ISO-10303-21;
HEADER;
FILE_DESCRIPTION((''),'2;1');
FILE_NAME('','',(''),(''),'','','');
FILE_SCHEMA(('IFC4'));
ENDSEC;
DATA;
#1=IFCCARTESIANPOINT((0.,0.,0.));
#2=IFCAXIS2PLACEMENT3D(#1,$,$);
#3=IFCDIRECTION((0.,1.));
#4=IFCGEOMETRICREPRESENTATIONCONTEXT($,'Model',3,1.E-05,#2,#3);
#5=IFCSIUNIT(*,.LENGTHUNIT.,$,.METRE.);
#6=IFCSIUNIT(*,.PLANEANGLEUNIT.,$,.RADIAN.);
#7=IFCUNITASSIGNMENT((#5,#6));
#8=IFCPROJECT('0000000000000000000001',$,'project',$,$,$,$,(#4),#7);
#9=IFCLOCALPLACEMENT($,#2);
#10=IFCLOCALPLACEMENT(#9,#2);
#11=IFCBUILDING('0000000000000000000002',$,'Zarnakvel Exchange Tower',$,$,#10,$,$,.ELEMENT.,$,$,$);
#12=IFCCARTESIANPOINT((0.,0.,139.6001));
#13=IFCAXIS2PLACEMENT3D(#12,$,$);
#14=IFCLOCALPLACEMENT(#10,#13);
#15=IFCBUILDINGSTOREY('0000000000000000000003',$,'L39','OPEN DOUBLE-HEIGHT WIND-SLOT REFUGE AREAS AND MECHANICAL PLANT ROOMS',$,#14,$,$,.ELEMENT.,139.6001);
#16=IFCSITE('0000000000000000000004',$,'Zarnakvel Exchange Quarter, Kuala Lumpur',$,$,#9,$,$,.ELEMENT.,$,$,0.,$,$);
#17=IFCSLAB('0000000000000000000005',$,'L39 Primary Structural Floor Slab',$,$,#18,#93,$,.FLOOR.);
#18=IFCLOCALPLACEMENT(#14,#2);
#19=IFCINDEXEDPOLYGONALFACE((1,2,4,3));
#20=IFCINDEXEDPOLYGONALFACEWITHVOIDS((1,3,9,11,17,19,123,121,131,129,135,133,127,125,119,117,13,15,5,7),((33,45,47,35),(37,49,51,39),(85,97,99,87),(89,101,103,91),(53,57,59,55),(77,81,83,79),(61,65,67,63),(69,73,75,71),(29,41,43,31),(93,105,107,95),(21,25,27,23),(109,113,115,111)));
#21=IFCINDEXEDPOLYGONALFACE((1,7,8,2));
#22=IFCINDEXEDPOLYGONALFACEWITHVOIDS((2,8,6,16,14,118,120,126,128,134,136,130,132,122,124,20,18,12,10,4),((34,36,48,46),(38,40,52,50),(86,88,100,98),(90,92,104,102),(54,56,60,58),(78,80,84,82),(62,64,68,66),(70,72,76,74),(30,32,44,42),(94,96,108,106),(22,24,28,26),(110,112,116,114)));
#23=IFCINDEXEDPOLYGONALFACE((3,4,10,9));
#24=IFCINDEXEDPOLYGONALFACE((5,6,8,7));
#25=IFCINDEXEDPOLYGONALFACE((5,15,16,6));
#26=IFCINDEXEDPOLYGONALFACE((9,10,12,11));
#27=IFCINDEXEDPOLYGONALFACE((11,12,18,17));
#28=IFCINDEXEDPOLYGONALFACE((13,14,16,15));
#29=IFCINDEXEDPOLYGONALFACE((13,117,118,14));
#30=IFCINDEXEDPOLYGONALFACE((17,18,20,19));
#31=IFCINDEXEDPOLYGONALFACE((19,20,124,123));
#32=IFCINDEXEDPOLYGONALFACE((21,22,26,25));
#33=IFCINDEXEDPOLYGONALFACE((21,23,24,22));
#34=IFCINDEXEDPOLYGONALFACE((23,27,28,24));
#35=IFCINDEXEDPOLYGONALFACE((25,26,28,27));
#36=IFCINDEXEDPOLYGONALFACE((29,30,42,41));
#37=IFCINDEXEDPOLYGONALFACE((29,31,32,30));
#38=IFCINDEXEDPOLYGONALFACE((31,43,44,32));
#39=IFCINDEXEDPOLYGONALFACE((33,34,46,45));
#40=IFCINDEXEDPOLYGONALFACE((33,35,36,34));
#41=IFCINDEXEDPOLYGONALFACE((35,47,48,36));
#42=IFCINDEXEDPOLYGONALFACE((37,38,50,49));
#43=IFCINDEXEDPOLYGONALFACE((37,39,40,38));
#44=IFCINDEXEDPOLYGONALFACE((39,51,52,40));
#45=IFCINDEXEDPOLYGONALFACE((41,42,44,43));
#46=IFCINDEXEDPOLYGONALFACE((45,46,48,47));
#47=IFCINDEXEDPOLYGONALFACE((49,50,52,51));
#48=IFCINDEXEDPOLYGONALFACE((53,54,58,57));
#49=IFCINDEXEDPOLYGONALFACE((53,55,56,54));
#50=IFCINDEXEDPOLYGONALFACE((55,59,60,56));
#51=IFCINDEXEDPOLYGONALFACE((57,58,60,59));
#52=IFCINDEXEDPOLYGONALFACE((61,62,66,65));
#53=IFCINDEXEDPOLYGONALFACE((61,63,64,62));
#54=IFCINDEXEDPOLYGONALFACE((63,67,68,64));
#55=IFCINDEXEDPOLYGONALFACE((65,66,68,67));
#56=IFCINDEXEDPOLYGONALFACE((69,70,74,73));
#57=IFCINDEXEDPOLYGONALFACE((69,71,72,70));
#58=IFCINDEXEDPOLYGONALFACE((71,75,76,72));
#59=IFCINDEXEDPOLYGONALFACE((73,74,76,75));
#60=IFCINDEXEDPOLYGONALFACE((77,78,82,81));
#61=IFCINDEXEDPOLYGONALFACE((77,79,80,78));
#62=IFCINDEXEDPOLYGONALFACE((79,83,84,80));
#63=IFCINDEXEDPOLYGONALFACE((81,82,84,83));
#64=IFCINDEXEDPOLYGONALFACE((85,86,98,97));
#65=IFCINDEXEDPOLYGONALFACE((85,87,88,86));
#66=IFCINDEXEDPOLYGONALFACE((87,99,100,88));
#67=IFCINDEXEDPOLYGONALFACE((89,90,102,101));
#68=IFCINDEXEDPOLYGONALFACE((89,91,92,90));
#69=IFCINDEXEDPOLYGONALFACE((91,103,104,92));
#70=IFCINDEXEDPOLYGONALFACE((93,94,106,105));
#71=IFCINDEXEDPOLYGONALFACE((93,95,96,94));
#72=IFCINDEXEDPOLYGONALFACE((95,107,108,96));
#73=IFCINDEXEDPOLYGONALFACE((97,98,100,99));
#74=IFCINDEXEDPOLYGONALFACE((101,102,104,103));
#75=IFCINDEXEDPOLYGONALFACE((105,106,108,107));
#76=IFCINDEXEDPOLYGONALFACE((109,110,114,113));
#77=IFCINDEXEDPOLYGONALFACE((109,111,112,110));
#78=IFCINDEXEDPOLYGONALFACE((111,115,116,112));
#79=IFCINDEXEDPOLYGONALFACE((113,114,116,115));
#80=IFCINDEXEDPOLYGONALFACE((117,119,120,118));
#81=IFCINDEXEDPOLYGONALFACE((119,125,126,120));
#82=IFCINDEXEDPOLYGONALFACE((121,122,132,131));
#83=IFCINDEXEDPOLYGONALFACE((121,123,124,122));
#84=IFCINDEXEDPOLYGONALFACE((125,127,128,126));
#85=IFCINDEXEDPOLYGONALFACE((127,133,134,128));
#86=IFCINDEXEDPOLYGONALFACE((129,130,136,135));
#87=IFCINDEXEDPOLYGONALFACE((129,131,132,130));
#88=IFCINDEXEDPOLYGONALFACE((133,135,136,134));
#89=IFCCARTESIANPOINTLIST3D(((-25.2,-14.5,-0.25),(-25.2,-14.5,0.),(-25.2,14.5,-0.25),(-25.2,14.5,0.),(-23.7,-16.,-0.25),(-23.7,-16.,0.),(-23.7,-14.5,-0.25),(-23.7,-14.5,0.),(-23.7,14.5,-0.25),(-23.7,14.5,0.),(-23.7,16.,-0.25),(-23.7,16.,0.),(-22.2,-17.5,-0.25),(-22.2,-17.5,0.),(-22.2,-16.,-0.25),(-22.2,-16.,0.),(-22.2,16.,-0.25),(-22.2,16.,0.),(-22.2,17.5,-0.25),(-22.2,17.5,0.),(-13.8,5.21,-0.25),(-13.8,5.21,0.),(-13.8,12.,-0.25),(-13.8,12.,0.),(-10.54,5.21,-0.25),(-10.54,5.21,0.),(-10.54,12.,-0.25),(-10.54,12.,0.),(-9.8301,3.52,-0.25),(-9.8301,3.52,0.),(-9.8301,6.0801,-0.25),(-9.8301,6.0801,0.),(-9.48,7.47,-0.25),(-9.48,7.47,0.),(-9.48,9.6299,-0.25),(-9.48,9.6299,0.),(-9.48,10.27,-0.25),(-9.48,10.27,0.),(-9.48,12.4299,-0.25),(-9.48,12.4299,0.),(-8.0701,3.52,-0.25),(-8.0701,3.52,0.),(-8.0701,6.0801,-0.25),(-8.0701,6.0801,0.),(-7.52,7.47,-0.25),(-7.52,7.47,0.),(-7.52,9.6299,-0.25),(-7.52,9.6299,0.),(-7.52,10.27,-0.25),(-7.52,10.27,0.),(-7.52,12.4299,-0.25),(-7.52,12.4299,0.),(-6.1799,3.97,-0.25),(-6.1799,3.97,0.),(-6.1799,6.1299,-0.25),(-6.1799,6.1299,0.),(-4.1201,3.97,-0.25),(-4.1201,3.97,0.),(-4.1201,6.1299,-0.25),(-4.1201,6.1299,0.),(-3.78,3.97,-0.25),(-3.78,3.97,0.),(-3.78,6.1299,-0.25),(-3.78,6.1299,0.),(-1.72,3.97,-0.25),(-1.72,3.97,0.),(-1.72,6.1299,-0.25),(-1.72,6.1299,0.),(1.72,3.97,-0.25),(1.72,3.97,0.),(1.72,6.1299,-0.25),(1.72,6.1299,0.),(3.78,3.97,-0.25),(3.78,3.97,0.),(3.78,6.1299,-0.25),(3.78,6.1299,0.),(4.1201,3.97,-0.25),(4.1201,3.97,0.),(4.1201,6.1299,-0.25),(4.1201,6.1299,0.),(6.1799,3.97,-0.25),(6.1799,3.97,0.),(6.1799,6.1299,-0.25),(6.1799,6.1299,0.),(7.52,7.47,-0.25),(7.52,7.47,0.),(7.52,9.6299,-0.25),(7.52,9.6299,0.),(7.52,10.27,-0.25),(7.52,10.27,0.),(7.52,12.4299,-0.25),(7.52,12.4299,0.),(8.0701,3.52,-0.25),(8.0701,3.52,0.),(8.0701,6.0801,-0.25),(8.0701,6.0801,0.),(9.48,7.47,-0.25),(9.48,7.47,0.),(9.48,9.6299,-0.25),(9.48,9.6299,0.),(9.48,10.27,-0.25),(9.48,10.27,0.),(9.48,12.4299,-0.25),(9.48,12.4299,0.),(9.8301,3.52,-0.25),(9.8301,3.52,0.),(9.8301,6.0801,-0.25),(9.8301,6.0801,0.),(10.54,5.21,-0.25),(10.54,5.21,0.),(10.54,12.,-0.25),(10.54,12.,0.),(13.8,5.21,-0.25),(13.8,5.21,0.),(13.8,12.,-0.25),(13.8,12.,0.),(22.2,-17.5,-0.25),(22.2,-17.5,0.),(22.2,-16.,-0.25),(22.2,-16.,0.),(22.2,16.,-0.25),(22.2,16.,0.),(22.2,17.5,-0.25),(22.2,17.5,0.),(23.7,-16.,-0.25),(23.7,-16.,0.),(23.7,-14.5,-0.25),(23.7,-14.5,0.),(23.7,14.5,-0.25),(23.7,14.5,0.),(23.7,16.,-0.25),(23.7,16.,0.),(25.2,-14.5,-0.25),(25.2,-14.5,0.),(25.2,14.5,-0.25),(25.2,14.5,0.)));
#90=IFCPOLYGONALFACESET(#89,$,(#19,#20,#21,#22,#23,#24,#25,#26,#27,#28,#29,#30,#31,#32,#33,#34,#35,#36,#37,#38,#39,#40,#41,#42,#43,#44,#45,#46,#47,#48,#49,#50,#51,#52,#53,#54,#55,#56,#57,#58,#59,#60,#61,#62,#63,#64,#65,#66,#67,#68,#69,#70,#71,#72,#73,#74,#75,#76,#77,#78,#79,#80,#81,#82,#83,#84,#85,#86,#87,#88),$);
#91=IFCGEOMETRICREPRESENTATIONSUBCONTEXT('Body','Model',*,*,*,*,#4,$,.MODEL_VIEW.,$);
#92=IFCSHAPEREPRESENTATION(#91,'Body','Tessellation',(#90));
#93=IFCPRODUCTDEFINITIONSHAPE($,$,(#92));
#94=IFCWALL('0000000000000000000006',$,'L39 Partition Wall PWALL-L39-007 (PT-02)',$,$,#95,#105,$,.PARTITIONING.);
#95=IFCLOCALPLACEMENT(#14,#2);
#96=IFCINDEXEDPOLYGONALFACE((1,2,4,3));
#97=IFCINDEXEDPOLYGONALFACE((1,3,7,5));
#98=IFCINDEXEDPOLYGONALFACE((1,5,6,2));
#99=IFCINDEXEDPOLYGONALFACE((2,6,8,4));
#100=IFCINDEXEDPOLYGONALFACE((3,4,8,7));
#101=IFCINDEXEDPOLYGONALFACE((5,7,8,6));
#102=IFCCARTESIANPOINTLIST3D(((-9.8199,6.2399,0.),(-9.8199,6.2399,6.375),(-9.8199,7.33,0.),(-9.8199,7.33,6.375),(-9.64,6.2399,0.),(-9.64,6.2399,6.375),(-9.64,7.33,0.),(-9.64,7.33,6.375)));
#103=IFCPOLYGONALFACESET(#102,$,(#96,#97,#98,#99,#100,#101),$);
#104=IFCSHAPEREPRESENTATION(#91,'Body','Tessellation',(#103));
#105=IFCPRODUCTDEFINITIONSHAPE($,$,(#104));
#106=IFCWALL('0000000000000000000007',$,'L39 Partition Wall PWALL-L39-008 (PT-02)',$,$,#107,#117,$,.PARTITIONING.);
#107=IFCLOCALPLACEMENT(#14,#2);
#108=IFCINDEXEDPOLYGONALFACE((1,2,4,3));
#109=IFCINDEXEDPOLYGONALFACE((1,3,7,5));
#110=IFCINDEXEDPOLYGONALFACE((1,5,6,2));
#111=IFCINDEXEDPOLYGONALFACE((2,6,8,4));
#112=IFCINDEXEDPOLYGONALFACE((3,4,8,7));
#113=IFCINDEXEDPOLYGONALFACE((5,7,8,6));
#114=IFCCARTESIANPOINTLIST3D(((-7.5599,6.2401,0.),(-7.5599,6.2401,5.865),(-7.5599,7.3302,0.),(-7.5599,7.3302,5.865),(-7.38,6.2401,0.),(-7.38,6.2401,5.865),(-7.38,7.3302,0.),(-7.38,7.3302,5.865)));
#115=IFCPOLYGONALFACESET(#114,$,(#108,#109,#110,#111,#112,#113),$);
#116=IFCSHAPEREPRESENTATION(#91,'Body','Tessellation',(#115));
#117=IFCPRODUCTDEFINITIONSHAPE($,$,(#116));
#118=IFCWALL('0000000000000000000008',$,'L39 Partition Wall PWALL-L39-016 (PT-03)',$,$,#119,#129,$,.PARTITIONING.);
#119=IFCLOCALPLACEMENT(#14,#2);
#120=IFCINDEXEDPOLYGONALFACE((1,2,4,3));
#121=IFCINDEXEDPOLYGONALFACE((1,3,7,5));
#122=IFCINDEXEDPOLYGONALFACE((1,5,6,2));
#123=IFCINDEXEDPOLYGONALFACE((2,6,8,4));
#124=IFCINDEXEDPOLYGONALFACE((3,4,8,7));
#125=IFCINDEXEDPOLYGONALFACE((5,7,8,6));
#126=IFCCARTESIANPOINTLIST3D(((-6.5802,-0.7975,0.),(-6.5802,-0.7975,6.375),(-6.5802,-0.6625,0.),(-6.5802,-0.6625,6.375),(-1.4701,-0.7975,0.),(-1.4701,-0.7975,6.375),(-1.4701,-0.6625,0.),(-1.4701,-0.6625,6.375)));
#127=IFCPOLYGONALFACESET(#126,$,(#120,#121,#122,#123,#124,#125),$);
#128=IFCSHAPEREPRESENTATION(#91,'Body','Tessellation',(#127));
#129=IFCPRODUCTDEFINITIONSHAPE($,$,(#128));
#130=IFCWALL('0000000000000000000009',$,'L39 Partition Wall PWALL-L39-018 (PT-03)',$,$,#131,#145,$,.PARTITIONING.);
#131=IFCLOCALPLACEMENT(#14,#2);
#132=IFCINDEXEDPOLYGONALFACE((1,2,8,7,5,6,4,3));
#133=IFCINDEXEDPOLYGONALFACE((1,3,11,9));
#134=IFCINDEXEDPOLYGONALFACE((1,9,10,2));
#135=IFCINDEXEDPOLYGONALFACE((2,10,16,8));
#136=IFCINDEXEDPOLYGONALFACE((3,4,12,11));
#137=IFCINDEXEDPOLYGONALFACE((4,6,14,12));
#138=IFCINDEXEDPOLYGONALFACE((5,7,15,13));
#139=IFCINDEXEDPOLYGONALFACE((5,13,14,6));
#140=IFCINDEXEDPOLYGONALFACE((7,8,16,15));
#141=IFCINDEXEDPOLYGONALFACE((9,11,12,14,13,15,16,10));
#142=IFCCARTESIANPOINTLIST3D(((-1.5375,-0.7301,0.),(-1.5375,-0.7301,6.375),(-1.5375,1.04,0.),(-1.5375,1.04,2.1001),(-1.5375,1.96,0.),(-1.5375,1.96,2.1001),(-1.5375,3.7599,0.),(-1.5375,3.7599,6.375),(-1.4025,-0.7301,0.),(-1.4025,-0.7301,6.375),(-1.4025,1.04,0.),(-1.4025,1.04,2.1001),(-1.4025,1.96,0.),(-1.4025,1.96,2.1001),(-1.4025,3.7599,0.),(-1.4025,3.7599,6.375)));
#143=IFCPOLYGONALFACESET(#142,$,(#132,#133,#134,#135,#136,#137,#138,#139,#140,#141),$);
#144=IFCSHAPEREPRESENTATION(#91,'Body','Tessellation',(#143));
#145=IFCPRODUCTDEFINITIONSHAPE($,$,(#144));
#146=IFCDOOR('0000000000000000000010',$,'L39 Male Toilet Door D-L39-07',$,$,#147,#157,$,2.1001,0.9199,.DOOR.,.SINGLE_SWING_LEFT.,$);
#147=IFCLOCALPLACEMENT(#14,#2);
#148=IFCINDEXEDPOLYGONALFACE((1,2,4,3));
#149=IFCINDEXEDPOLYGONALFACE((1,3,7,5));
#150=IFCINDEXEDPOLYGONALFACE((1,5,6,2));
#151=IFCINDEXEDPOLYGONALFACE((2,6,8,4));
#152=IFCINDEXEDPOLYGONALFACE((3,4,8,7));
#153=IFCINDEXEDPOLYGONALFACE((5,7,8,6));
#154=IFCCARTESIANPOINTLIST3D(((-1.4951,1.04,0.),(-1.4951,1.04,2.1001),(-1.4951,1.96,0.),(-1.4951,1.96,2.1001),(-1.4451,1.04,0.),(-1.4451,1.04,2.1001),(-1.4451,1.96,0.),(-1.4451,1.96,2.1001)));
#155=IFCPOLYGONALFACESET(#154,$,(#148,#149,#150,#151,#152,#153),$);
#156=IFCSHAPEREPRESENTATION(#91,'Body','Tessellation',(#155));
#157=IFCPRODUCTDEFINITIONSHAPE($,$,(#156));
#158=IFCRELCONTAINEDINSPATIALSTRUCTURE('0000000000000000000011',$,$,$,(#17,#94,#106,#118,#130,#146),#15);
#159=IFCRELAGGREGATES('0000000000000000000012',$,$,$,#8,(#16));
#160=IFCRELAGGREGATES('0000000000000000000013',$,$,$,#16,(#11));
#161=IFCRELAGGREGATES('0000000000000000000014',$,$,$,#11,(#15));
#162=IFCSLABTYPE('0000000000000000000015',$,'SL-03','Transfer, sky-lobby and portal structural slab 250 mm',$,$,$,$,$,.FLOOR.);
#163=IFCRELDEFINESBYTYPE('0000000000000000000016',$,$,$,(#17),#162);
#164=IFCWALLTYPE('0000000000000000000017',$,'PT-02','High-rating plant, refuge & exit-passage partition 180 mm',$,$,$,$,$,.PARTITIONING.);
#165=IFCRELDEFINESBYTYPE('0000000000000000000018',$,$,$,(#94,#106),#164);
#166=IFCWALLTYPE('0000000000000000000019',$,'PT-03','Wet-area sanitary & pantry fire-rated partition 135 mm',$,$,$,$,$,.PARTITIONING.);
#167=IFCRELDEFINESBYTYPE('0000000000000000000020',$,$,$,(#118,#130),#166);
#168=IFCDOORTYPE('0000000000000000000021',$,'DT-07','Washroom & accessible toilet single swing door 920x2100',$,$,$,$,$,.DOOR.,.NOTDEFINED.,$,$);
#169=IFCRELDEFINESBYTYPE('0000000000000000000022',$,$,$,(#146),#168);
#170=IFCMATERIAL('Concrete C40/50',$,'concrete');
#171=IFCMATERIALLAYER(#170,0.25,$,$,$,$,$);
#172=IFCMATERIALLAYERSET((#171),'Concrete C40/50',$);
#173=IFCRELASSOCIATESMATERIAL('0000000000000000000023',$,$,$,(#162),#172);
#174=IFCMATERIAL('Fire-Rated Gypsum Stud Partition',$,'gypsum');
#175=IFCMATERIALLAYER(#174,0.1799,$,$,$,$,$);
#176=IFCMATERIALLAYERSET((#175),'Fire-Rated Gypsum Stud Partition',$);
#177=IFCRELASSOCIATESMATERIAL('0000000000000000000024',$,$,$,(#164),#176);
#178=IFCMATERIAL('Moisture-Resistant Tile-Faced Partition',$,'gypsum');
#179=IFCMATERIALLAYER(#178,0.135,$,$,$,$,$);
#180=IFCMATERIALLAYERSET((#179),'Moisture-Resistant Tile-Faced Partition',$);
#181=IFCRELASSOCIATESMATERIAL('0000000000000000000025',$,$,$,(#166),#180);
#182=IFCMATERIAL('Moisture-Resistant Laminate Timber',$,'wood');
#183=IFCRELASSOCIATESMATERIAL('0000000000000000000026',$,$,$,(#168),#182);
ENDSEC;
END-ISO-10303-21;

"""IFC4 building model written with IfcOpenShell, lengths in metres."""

from ifc_helpers import new_model, si_unit, direction, frame, frame_2d, origin, place, context, subcontext, project, spatial, polyline, rectangle, outline, extrude, source, transform, mapped, material, layer, layer_set, type_object, element, fill, save


model = new_model("IFC4")

# Units and contexts
model_context = context("Model", 3, precision=1e-05, world=origin(), true_north=direction((0.0, 1.0)))
body_context = subcontext(model_context, "Body", "Model", "MODEL_VIEW")
ifc_project = project(units=[si_unit("LENGTHUNIT", "METRE"), si_unit("PLANEANGLEUNIT", "RADIAN")], contexts=[model_context])

# Site, building, storey
site_placement = place(None, origin())
site = spatial("IfcSite", under=ifc_project, at=site_placement, Name="Zarnakvel Exchange Quarter, Kuala Lumpur", CompositionType="ELEMENT", RefElevation=0.0)
building_placement = place(site_placement, origin())
building = spatial("IfcBuilding", under=site, at=building_placement, Name="Zarnakvel Exchange Tower", CompositionType="ELEMENT")
storey_placement = place(building_placement, frame((0.0, 0.0, 139.6001)))
storey = spatial("IfcBuildingStorey", under=building, at=storey_placement, Name="L39", Description="OPEN DOUBLE-HEIGHT WIND-SLOT REFUGE AREAS AND MECHANICAL PLANT ROOMS", CompositionType="ELEMENT", Elevation=139.6001)

# Slab
ifc_material_1 = material(Name="Concrete C40/50", Category="concrete")
ifc_layer_1 = layer(ifc_material_1, 0.25)
ifc_layer_set_1 = layer_set([ifc_layer_1], Name="Concrete C40/50")
slab_type = type_object("IfcSlabType", Name="SL-03", Description="Transfer, sky-lobby and portal structural slab 250 mm", PredefinedType="FLOOR", material=ifc_layer_set_1)
slab_placement = place(storey_placement, frame((0.0, 0.0, -0.25)))
element("IfcSlab", 1, at=slab_placement, inside=storey, type_object=slab_type, Name="L39 Primary Structural Floor Slab", PredefinedType="FLOOR", context=body_context, shape_type="SweptSolid", body=[
    extrude(outline(polyline([(-25.2, -14.5), (-23.7, -14.5), (-23.7, -16.0), (-22.2, -16.0), (-22.2, -17.5), (22.2, -17.5), (22.2, -16.0), (23.7, -16.0), (23.7, -14.5), (25.2, -14.5), (25.2, 14.5), (23.7, 14.5), (23.7, 16.0), (22.2, 16.0), (22.2, 17.5), (-22.2, 17.5), (-22.2, 16.0), (-23.7, 16.0), (-23.7, 14.5), (-25.2, 14.5), (-25.2, -14.5)]), holes=[polyline([(-13.8, 5.21), (-10.54, 5.21), (-10.54, 12.0), (-13.8, 12.0), (-13.8, 5.21)]), polyline([(10.54, 5.21), (13.8, 5.21), (13.8, 12.0), (10.54, 12.0), (10.54, 5.21)]), polyline([(-9.8301, 3.52), (-8.0701, 3.52), (-8.0701, 6.0801), (-9.8301, 6.0801), (-9.8301, 3.52)]), polyline([(8.0701, 3.52), (9.8301, 3.52), (9.8301, 6.0801), (8.0701, 6.0801), (8.0701, 3.52)]), polyline([(-6.1799, 3.97), (-4.1201, 3.97), (-4.1201, 6.1299), (-6.1799, 6.1299), (-6.1799, 3.97)]), polyline([(-3.78, 3.97), (-1.72, 3.97), (-1.72, 6.1299), (-3.78, 6.1299), (-3.78, 3.97)]), polyline([(1.72, 3.97), (3.78, 3.97), (3.78, 6.1299), (1.72, 6.1299), (1.72, 3.97)]), polyline([(4.1201, 3.97), (6.1799, 3.97), (6.1799, 6.1299), (4.1201, 6.1299), (4.1201, 3.97)]), polyline([(-9.48, 7.47), (-7.52, 7.47), (-7.52, 9.6299), (-9.48, 9.6299), (-9.48, 7.47)]), polyline([(-9.48, 10.27), (-7.52, 10.27), (-7.52, 12.4299), (-9.48, 12.4299), (-9.48, 10.27)]), polyline([(7.52, 7.47), (9.48, 7.47), (9.48, 9.6299), (7.52, 9.6299), (7.52, 7.47)]), polyline([(7.52, 10.27), (9.48, 10.27), (9.48, 12.4299), (7.52, 12.4299), (7.52, 10.27)])]), origin(), (0.0, 0.0, 1.0), 0.25),
])

# Walls
ifc_material_2 = material(Name="Fire-Rated Gypsum Stud Partition", Category="gypsum")
ifc_layer_2 = layer(ifc_material_2, 0.1799)
ifc_layer_set_2 = layer_set([ifc_layer_2], Name="Fire-Rated Gypsum Stud Partition")
wall_type_1 = type_object("IfcWallType", Name="PT-02", Description="High-rating plant, refuge & exit-passage partition 180 mm", PredefinedType="PARTITIONING", material=ifc_layer_set_2)
wall_1_placement = place(storey_placement, frame((-9.73, 6.24, 0.0), z_axis=(0.0, 0.0, 1.0), x_axis=(0.0, 1.0, 0.0)))
element("IfcWall", 2, at=wall_1_placement, inside=storey, type_object=wall_type_1, Name="L39 Partition Wall PWALL-L39-007 (PT-02)", PredefinedType="PARTITIONING", context=body_context, shape_type="SweptSolid", body=[
    extrude(rectangle(XDim=1.0901, YDim=0.1799, at=frame_2d((0.5449, 0.0))), origin(), (0.0, 0.0, 1.0), 6.375),
])
wall_2_placement = place(storey_placement, frame((-7.47, 7.3301, 0.0), z_axis=(0.0, 0.0, 1.0), x_axis=(0.0, -1.0, 0.0)))
element("IfcWall", 3, at=wall_2_placement, inside=storey, type_object=wall_type_1, Name="L39 Partition Wall PWALL-L39-008 (PT-02)", PredefinedType="PARTITIONING", context=body_context, shape_type="SweptSolid", body=[
    extrude(rectangle(XDim=1.0901, YDim=0.1799, at=frame_2d((0.5449, 0.0))), origin(), (0.0, 0.0, 1.0), 5.865),
])
ifc_material_3 = material(Name="Moisture-Resistant Tile-Faced Partition", Category="gypsum")
ifc_layer_3 = layer(ifc_material_3, 0.135)
ifc_layer_set_3 = layer_set([ifc_layer_3], Name="Moisture-Resistant Tile-Faced Partition")
wall_type_2 = type_object("IfcWallType", Name="PT-03", Description="Wet-area sanitary & pantry fire-rated partition 135 mm", PredefinedType="PARTITIONING", material=ifc_layer_set_3)
wall_3_placement = place(storey_placement, frame((-1.47, -0.73, 0.0), z_axis=(0.0, 0.0, 1.0), x_axis=(-1.0, 0.0, 0.0)))
element("IfcWall", 4, at=wall_3_placement, inside=storey, type_object=wall_type_2, Name="L39 Partition Wall PWALL-L39-016 (PT-03)", PredefinedType="PARTITIONING", context=body_context, shape_type="SweptSolid", body=[
    extrude(rectangle(XDim=5.1101, YDim=0.135, at=frame_2d((2.5552, 0.0))), origin(), (0.0, 0.0, 1.0), 6.375),
])

# Wall, opening, door
wall_4_placement = place(storey_placement, frame((-1.47, 3.76, 0.0), z_axis=(0.0, 0.0, 1.0), x_axis=(0.0, -1.0, 0.0)))
wall_4 = element("IfcWall", 5, at=wall_4_placement, inside=storey, type_object=wall_type_2, Name="L39 Partition Wall PWALL-L39-018 (PT-03)", PredefinedType="PARTITIONING", context=body_context, shape_type="SweptSolid", body=[
    extrude(rectangle(XDim=4.49, YDim=0.135, at=frame_2d((2.2451, 0.0))), origin(), (0.0, 0.0, 1.0), 6.375),
])
opening_1_placement = place(wall_4_placement, frame((1.8, 0.0, 0.0)))
opening_1 = element("IfcOpeningElement", 6, at=opening_1_placement, cuts=wall_4, PredefinedType="OPENING", context=body_context, shape_type="SweptSolid", body=[
    extrude(rectangle(XDim=0.9199, YDim=2.1001, at=frame_2d((0.46, 1.05))), frame((0.0, 0.0774, 0.0), z_axis=(0.0, -1.0, 0.0), x_axis=(1.0, 0.0, 0.0)), (0.0, 0.0, 1.0), 0.155),
])
ifc_material_4 = material(Name="Moisture-Resistant Laminate Timber", Category="wood")
door_type_1 = type_object("IfcDoorType", Name="DT-07", Description="Washroom & accessible toilet single swing door 920x2100", OperationType="NOTDEFINED", PredefinedType="DOOR", material=ifc_material_4)
shared_shape_1 = source(origin(), body_context, "Body", "SweptSolid", [
    extrude(rectangle(XDim=0.9199, YDim=2.1001, at=frame_2d((0.46, 1.05))), frame((0.0, 0.0249, 0.0), z_axis=(0.0, -1.0, 0.0), x_axis=(1.0, 0.0, 0.0)), (0.0, 0.0, 1.0), 0.05),
])
door_1_placement = place(opening_1_placement, origin())
door_1 = element("IfcDoor", 7, at=door_1_placement, inside=storey, type_object=door_type_1, Name="L39 Male Toilet Door D-L39-07", OperationType="SINGLE_SWING_LEFT", OverallHeight=2.1001, OverallWidth=0.9199, PredefinedType="DOOR", context=body_context, shape_type="MappedRepresentation", body=[
    mapped(shared_shape_1, transform((0.0, 0.0, 0.0), x_axis=(1.0, 0.0, 0.0), y_axis=(0.0, 1.0, 0.0), z_axis=(0.0, 0.0, 1.0), scale=1.0)),
])
fill(opening_1, door_1)

save(model, "model.ifc")
